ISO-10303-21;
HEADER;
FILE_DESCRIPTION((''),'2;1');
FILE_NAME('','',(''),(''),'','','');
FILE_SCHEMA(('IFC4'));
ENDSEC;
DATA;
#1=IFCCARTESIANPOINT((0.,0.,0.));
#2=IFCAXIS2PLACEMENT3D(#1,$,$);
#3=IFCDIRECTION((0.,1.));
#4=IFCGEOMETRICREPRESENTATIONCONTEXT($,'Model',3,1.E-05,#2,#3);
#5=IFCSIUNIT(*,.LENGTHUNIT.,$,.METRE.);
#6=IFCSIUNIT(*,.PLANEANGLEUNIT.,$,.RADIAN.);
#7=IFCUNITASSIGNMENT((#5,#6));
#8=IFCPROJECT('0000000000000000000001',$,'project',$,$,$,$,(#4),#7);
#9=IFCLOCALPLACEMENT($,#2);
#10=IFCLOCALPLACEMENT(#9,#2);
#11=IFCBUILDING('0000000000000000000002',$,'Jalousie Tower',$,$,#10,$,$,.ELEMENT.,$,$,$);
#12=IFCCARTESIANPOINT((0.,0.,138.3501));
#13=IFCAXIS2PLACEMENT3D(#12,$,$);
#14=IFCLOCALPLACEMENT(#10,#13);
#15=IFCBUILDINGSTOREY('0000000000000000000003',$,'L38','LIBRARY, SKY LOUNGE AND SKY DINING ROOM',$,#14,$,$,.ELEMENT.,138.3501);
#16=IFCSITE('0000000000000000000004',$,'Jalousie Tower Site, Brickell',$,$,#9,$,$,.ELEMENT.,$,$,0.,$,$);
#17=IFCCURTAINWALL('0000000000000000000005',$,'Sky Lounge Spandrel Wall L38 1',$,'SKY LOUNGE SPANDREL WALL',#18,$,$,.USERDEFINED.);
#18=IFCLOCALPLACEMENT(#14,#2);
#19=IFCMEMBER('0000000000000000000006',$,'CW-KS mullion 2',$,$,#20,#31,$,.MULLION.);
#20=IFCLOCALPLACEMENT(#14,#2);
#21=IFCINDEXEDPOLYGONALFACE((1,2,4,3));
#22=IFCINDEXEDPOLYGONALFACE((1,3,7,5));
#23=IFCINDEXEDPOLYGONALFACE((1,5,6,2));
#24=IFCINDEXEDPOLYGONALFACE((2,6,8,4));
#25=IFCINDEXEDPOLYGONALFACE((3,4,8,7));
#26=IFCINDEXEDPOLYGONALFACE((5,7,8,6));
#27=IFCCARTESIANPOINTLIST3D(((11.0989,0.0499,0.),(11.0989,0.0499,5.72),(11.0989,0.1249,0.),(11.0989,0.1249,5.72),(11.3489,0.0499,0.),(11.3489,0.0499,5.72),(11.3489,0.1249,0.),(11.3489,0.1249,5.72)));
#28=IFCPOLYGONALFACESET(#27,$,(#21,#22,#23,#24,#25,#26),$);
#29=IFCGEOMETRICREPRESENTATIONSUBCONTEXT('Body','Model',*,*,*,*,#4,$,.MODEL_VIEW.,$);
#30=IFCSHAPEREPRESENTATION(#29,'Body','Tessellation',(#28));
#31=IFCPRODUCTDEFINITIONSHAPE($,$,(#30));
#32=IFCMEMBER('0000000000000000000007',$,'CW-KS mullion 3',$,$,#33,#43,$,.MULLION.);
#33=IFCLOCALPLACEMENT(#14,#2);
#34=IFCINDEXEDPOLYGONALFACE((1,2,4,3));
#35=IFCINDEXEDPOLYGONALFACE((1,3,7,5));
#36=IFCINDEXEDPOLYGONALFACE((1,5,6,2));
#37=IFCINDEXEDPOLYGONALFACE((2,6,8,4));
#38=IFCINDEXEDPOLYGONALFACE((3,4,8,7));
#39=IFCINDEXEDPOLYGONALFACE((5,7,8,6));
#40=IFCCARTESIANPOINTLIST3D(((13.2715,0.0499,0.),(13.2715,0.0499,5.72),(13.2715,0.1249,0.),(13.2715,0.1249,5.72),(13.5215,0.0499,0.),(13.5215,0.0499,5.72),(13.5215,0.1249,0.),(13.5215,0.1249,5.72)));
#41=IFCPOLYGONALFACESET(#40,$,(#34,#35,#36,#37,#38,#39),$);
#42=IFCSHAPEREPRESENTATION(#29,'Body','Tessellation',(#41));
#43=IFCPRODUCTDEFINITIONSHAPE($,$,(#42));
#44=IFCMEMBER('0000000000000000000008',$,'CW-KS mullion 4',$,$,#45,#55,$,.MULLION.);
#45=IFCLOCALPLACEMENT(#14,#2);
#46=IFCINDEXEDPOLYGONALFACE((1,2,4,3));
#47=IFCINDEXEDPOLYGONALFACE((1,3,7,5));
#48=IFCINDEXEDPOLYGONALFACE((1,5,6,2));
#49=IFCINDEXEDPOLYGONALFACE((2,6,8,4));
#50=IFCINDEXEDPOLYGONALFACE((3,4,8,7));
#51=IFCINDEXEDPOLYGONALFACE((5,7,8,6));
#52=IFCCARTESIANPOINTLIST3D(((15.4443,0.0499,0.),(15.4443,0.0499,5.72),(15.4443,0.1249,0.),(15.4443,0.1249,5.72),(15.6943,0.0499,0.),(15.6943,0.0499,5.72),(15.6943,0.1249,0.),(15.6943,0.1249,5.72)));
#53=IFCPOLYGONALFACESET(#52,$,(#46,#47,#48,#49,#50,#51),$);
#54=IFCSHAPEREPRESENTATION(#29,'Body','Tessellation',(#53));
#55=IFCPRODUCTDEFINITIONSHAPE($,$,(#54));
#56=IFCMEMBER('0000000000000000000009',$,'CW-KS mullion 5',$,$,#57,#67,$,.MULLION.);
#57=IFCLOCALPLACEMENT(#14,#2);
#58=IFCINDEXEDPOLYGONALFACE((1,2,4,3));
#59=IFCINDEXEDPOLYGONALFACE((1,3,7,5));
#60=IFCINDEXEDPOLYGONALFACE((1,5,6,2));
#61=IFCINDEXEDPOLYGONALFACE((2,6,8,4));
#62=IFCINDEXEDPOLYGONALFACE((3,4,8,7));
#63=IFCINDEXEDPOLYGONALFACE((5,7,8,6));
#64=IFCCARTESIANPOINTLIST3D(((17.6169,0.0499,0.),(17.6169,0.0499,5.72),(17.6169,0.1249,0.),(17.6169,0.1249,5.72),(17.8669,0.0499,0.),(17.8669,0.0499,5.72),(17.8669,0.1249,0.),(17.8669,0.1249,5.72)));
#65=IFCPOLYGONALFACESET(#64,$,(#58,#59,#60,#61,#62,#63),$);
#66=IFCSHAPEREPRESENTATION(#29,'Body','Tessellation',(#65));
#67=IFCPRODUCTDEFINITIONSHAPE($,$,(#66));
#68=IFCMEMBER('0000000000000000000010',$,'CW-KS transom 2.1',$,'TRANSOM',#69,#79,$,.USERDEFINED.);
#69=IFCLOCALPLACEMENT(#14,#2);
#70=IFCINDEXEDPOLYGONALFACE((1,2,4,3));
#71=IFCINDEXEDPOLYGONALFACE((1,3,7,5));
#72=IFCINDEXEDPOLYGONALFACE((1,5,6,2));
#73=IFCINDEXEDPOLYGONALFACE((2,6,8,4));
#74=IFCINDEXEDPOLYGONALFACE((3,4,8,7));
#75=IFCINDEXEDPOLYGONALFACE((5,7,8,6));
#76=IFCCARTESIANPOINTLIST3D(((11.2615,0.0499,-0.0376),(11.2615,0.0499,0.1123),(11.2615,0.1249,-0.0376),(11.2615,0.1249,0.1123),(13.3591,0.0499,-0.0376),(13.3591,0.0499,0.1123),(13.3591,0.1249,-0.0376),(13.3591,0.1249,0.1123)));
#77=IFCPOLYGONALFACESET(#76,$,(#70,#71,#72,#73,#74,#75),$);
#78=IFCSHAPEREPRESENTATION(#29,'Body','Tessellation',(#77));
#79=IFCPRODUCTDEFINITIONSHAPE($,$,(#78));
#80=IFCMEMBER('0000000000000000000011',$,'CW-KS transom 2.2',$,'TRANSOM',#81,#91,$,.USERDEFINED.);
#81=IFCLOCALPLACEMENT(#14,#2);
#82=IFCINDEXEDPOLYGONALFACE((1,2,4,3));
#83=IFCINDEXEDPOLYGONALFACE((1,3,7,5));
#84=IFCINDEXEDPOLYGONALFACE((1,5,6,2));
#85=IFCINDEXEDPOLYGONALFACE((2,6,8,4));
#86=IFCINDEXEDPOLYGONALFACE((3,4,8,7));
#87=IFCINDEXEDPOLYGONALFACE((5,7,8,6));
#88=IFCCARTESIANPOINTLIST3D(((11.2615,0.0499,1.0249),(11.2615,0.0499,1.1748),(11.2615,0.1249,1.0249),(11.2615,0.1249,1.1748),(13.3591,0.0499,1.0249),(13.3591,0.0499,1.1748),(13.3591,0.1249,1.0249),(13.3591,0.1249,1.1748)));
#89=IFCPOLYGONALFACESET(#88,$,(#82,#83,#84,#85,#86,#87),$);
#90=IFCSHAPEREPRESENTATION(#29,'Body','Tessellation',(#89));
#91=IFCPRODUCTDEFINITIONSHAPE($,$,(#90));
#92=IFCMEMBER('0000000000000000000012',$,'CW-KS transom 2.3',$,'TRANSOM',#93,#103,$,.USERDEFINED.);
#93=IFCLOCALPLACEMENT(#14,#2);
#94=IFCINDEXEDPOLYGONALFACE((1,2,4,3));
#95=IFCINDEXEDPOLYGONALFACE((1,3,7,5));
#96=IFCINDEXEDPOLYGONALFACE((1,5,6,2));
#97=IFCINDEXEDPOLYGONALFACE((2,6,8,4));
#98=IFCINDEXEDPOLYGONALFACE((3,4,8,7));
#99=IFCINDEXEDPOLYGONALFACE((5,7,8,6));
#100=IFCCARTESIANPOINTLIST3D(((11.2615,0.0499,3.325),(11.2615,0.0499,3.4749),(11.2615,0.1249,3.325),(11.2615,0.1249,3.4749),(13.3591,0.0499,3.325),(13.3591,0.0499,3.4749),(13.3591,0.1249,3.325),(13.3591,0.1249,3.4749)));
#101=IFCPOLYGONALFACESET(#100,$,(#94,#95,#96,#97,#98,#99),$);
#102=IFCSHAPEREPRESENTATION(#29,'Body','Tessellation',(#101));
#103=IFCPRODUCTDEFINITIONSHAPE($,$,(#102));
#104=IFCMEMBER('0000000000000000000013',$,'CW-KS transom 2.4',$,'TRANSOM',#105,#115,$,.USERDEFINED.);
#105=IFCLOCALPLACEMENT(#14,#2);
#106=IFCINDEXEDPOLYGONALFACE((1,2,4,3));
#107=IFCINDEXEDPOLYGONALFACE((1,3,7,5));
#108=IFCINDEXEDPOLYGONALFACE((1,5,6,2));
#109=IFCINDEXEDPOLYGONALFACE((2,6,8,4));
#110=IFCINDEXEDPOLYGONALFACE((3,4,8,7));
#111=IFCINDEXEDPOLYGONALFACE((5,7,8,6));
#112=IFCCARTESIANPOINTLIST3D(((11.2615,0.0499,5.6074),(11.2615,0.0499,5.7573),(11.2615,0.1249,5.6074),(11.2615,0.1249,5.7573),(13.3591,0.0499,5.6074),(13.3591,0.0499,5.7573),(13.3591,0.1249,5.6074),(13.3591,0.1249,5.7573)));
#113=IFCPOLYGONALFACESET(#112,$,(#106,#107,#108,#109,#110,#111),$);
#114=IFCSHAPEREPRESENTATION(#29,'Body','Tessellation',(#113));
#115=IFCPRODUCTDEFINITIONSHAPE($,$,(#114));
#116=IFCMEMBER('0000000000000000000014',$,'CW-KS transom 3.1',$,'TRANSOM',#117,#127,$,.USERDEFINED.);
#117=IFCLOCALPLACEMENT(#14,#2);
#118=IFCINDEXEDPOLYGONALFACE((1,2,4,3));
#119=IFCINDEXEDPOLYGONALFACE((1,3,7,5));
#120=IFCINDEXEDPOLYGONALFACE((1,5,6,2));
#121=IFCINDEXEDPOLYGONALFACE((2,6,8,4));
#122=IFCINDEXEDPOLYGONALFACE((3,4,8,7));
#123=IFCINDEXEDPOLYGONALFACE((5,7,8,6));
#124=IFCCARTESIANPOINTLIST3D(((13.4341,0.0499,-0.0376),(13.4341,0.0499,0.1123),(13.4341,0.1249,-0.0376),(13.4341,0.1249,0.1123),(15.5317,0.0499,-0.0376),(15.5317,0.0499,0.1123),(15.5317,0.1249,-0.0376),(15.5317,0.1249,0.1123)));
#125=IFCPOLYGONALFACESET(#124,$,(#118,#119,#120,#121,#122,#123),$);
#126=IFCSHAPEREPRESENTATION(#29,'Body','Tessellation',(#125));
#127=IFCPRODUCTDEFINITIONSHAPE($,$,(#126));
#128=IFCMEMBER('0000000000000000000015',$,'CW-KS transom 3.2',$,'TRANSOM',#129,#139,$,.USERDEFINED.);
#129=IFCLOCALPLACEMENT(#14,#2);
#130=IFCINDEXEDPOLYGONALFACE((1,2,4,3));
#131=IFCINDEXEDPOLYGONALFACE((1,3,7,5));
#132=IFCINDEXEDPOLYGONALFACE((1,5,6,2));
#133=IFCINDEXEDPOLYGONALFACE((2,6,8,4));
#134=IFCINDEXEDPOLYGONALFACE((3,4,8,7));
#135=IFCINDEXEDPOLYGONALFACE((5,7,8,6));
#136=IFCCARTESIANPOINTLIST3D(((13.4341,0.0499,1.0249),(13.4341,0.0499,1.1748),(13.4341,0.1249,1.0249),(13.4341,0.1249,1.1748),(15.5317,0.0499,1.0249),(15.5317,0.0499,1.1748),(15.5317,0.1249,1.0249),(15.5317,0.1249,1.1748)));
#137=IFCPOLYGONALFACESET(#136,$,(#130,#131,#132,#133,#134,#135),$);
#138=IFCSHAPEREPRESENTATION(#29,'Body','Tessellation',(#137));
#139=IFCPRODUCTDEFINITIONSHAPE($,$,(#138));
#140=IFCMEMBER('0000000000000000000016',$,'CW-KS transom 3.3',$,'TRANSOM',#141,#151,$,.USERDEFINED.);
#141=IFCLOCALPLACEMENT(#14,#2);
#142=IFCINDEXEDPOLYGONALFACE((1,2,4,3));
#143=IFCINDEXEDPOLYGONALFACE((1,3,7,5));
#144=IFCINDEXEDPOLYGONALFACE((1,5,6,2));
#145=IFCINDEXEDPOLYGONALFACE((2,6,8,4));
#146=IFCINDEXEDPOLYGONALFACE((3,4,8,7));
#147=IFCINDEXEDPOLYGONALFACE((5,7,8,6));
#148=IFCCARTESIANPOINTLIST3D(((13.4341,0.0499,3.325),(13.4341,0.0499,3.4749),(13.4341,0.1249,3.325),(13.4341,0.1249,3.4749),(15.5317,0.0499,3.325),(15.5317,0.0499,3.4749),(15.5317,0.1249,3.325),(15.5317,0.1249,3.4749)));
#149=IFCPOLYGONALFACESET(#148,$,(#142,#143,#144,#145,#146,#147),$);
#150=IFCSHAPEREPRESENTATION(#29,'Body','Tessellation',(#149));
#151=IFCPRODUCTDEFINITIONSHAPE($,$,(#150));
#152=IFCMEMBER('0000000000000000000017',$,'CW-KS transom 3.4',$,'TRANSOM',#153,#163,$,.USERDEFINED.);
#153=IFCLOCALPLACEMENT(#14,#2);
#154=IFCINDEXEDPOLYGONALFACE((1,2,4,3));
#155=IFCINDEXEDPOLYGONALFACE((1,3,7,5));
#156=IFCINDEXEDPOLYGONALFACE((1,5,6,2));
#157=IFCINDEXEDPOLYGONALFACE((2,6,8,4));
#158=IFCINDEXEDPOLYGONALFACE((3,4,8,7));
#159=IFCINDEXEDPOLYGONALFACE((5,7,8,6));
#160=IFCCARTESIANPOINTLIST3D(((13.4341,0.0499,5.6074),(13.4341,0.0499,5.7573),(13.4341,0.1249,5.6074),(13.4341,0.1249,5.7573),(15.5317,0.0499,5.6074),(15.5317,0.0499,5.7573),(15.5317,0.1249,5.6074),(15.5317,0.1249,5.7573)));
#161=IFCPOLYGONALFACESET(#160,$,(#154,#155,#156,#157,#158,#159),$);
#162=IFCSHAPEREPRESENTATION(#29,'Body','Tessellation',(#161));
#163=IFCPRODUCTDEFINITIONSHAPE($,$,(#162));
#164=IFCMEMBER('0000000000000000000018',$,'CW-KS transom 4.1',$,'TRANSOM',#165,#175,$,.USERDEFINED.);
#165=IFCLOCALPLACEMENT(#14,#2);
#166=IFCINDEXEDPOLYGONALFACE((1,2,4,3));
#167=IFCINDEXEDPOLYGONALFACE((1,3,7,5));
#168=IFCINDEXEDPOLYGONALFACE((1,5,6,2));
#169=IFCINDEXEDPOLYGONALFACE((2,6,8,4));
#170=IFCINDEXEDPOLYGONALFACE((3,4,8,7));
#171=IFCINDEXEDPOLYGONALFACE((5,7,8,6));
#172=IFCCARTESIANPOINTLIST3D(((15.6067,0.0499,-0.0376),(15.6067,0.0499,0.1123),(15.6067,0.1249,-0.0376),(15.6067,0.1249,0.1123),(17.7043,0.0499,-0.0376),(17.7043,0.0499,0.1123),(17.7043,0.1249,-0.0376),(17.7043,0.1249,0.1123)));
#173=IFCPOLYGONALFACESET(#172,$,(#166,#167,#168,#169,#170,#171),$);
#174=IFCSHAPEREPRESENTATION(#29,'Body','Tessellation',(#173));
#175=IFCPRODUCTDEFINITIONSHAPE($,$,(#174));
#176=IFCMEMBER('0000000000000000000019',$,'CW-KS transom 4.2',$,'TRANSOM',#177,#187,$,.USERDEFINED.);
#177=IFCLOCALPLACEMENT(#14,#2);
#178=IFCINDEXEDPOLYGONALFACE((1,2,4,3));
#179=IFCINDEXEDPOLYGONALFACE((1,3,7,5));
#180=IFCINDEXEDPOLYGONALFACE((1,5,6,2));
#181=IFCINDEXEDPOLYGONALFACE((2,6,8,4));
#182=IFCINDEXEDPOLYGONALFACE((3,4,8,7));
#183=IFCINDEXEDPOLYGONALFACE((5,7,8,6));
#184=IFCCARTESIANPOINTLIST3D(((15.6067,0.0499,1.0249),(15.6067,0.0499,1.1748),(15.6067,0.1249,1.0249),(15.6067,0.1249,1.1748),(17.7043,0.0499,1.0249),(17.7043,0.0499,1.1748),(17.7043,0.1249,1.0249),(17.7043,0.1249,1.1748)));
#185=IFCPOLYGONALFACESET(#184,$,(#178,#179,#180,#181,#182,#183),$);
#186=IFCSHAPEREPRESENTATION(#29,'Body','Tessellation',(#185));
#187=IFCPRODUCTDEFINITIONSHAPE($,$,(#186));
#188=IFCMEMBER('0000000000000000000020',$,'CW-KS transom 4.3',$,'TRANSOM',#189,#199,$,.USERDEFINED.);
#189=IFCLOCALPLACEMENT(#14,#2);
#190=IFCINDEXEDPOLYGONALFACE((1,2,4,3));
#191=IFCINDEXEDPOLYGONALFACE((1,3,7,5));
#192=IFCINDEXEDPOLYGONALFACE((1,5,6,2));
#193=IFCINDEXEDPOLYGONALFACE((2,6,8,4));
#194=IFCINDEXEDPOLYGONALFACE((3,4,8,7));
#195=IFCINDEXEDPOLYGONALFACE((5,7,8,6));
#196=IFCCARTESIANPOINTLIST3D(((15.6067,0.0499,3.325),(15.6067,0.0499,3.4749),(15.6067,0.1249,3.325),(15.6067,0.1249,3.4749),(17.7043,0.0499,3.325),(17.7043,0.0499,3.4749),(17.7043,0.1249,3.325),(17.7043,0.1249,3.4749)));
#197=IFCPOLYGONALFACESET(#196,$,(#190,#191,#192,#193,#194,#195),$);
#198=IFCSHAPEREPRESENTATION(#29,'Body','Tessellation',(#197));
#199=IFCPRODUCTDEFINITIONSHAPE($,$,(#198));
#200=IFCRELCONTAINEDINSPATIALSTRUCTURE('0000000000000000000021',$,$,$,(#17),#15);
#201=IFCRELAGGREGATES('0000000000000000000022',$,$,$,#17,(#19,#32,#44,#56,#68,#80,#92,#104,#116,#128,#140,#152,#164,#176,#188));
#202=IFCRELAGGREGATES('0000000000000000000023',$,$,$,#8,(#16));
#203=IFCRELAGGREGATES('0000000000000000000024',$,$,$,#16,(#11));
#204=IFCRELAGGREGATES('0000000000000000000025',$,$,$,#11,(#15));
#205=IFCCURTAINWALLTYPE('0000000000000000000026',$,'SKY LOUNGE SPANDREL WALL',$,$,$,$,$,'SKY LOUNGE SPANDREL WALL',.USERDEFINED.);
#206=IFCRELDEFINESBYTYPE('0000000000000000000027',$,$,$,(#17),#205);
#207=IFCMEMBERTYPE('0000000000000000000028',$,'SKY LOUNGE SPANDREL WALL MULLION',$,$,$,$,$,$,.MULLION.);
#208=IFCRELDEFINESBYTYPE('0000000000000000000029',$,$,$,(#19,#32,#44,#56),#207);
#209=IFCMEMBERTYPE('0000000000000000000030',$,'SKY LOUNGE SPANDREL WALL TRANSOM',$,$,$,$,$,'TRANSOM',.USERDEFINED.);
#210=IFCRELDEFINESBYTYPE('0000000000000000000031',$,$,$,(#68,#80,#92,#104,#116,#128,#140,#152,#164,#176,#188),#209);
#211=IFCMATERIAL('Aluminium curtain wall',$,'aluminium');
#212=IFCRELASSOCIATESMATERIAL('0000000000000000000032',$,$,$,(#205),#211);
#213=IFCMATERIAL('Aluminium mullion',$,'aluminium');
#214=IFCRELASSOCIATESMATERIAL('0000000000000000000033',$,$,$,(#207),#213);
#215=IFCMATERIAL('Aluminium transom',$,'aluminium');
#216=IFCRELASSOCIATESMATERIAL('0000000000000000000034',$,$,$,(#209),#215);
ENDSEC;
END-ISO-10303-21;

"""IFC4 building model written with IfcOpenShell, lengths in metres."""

from ifc_helpers import new_model, si_unit, direction, frame, origin, origin_2d, place, context, subcontext, project, spatial, rectangle, extrude, material, material_profile, profile_set, type_object, element, aggregate, save


model = new_model("IFC4")

# Units and contexts
model_context = context("Model", 3, precision=1e-05, world=origin(), true_north=direction((0.0, 1.0)))
body_context = subcontext(model_context, "Body", "Model", "MODEL_VIEW")
ifc_project = project(units=[si_unit("LENGTHUNIT", "METRE"), si_unit("PLANEANGLEUNIT", "RADIAN")], contexts=[model_context])

# Site, building, storey
site_placement = place(None, origin())
site = spatial("IfcSite", under=ifc_project, at=site_placement, Name="Jalousie Tower Site, Brickell", CompositionType="ELEMENT", RefElevation=0.0)
building_placement = place(site_placement, origin())
building = spatial("IfcBuilding", under=site, at=building_placement, Name="Jalousie Tower", CompositionType="ELEMENT")
storey_placement = place(building_placement, frame((0.0, 0.0, 138.3501)))
storey = spatial("IfcBuildingStorey", under=building, at=storey_placement, Name="L38", Description="LIBRARY, SKY LOUNGE AND SKY DINING ROOM", CompositionType="ELEMENT", Elevation=138.3501)

# Curtain wall, members
ifc_material_1 = material(Name="Aluminium curtain wall", Category="aluminium")
curtain_wall_type = type_object("IfcCurtainWallType", Name="SKY LOUNGE SPANDREL WALL", ElementType="SKY LOUNGE SPANDREL WALL", PredefinedType="USERDEFINED", material=ifc_material_1)
curtain_wall_placement = place(storey_placement, origin())
curtain_wall = element("IfcCurtainWall", 1, at=curtain_wall_placement, inside=storey, type_object=curtain_wall_type, Name="Sky Lounge Spandrel Wall L38 1", ObjectType="SKY LOUNGE SPANDREL WALL", PredefinedType="USERDEFINED")
ifc_material_2 = material(Name="Aluminium mullion", Category="aluminium")
ifc_material_profile_1 = material_profile(ifc_material_2, rectangle(XDim=0.075, YDim=0.25, at=origin_2d()), Name="MULLION 75x250")
ifc_profile_set_1 = profile_set([ifc_material_profile_1], Name="Aluminium mullion")
member_type_1 = type_object("IfcMemberType", Name="SKY LOUNGE SPANDREL WALL MULLION", PredefinedType="MULLION", material=ifc_profile_set_1)
member_1_placement = place(storey_placement, frame((11.2239, 0.0874, 0.0), z_axis=(0.0, 0.0, 1.0), x_axis=(0.0, 1.0, 0.0)))
member_1 = element("IfcMember", 2, at=member_1_placement, type_object=member_type_1, Name="CW-KS mullion 2", PredefinedType="MULLION", context=body_context, shape_type="SweptSolid", body=[
    extrude(rectangle(XDim=0.075, YDim=0.25, at=origin_2d()), origin(), (0.0, 0.0, 1.0), 5.72),
])
member_2_placement = place(storey_placement, frame((13.3965, 0.0874, 0.0), z_axis=(0.0, 0.0, 1.0), x_axis=(0.0, 1.0, 0.0)))
member_2 = element("IfcMember", 3, at=member_2_placement, type_object=member_type_1, Name="CW-KS mullion 3", PredefinedType="MULLION", context=body_context, shape_type="SweptSolid", body=[
    extrude(rectangle(XDim=0.075, YDim=0.25, at=origin_2d()), origin(), (0.0, 0.0, 1.0), 5.72),
])
member_3_placement = place(storey_placement, frame((15.5693, 0.0874, 0.0), z_axis=(0.0, 0.0, 1.0), x_axis=(0.0, 1.0, 0.0)))
member_3 = element("IfcMember", 4, at=member_3_placement, type_object=member_type_1, Name="CW-KS mullion 4", PredefinedType="MULLION", context=body_context, shape_type="SweptSolid", body=[
    extrude(rectangle(XDim=0.075, YDim=0.25, at=origin_2d()), origin(), (0.0, 0.0, 1.0), 5.72),
])
member_4_placement = place(storey_placement, frame((17.7419, 0.0874, 0.0), z_axis=(0.0, 0.0, 1.0), x_axis=(0.0, 1.0, 0.0)))
member_4 = element("IfcMember", 5, at=member_4_placement, type_object=member_type_1, Name="CW-KS mullion 5", PredefinedType="MULLION", context=body_context, shape_type="SweptSolid", body=[
    extrude(rectangle(XDim=0.075, YDim=0.25, at=origin_2d()), origin(), (0.0, 0.0, 1.0), 5.72),
])
ifc_material_3 = material(Name="Aluminium transom", Category="aluminium")
ifc_material_profile_2 = material_profile(ifc_material_3, rectangle(XDim=0.075, YDim=0.1499, at=origin_2d()), Name="TRANSOM 75x150")
ifc_profile_set_2 = profile_set([ifc_material_profile_2], Name="Aluminium transom")
member_type_2 = type_object("IfcMemberType", Name="SKY LOUNGE SPANDREL WALL TRANSOM", ElementType="TRANSOM", PredefinedType="USERDEFINED", material=ifc_profile_set_2)
member_5_placement = place(storey_placement, frame((11.2615, 0.0874, 0.0374), z_axis=(1.0, 0.0, 0.0), x_axis=(0.0, 1.0, 0.0)))
member_5 = element("IfcMember", 6, at=member_5_placement, type_object=member_type_2, Name="CW-KS transom 2.1", ObjectType="TRANSOM", PredefinedType="USERDEFINED", context=body_context, shape_type="SweptSolid", body=[
    extrude(rectangle(XDim=0.075, YDim=0.1499, at=origin_2d()), origin(), (0.0, 0.0, 1.0), 2.0977),
])
member_6_placement = place(storey_placement, frame((11.2615, 0.0874, 1.0999), z_axis=(1.0, 0.0, 0.0), x_axis=(0.0, 1.0, 0.0)))
member_6 = element("IfcMember", 7, at=member_6_placement, type_object=member_type_2, Name="CW-KS transom 2.2", ObjectType="TRANSOM", PredefinedType="USERDEFINED", context=body_context, shape_type="SweptSolid", body=[
    extrude(rectangle(XDim=0.075, YDim=0.1499, at=origin_2d()), origin(), (0.0, 0.0, 1.0), 2.0977),
])
member_7_placement = place(storey_placement, frame((11.2615, 0.0874, 3.3999), z_axis=(1.0, 0.0, 0.0), x_axis=(0.0, 1.0, 0.0)))
member_7 = element("IfcMember", 8, at=member_7_placement, type_object=member_type_2, Name="CW-KS transom 2.3", ObjectType="TRANSOM", PredefinedType="USERDEFINED", context=body_context, shape_type="SweptSolid", body=[
    extrude(rectangle(XDim=0.075, YDim=0.1499, at=origin_2d()), origin(), (0.0, 0.0, 1.0), 2.0977),
])
member_8_placement = place(storey_placement, frame((11.2615, 0.0874, 5.6824), z_axis=(1.0, 0.0, 0.0), x_axis=(0.0, 1.0, 0.0)))
member_8 = element("IfcMember", 9, at=member_8_placement, type_object=member_type_2, Name="CW-KS transom 2.4", ObjectType="TRANSOM", PredefinedType="USERDEFINED", context=body_context, shape_type="SweptSolid", body=[
    extrude(rectangle(XDim=0.075, YDim=0.1499, at=origin_2d()), origin(), (0.0, 0.0, 1.0), 2.0977),
])
member_9_placement = place(storey_placement, frame((13.4341, 0.0874, 0.0374), z_axis=(1.0, 0.0, 0.0), x_axis=(0.0, 1.0, 0.0)))
member_9 = element("IfcMember", 10, at=member_9_placement, type_object=member_type_2, Name="CW-KS transom 3.1", ObjectType="TRANSOM", PredefinedType="USERDEFINED", context=body_context, shape_type="SweptSolid", body=[
    extrude(rectangle(XDim=0.075, YDim=0.1499, at=origin_2d()), origin(), (0.0, 0.0, 1.0), 2.0977),
])
member_10_placement = place(storey_placement, frame((13.4341, 0.0874, 1.0999), z_axis=(1.0, 0.0, 0.0), x_axis=(0.0, 1.0, 0.0)))
member_10 = element("IfcMember", 11, at=member_10_placement, type_object=member_type_2, Name="CW-KS transom 3.2", ObjectType="TRANSOM", PredefinedType="USERDEFINED", context=body_context, shape_type="SweptSolid", body=[
    extrude(rectangle(XDim=0.075, YDim=0.1499, at=origin_2d()), origin(), (0.0, 0.0, 1.0), 2.0977),
])
member_11_placement = place(storey_placement, frame((13.4341, 0.0874, 3.3999), z_axis=(1.0, 0.0, 0.0), x_axis=(0.0, 1.0, 0.0)))
member_11 = element("IfcMember", 12, at=member_11_placement, type_object=member_type_2, Name="CW-KS transom 3.3", ObjectType="TRANSOM", PredefinedType="USERDEFINED", context=body_context, shape_type="SweptSolid", body=[
    extrude(rectangle(XDim=0.075, YDim=0.1499, at=origin_2d()), origin(), (0.0, 0.0, 1.0), 2.0977),
])
member_12_placement = place(storey_placement, frame((13.4341, 0.0874, 5.6824), z_axis=(1.0, 0.0, 0.0), x_axis=(0.0, 1.0, 0.0)))
member_12 = element("IfcMember", 13, at=member_12_placement, type_object=member_type_2, Name="CW-KS transom 3.4", ObjectType="TRANSOM", PredefinedType="USERDEFINED", context=body_context, shape_type="SweptSolid", body=[
    extrude(rectangle(XDim=0.075, YDim=0.1499, at=origin_2d()), origin(), (0.0, 0.0, 1.0), 2.0977),
])
member_13_placement = place(storey_placement, frame((15.6067, 0.0874, 0.0374), z_axis=(1.0, 0.0, 0.0), x_axis=(0.0, 1.0, 0.0)))
member_13 = element("IfcMember", 14, at=member_13_placement, type_object=member_type_2, Name="CW-KS transom 4.1", ObjectType="TRANSOM", PredefinedType="USERDEFINED", context=body_context, shape_type="SweptSolid", body=[
    extrude(rectangle(XDim=0.075, YDim=0.1499, at=origin_2d()), origin(), (0.0, 0.0, 1.0), 2.0977),
])
member_14_placement = place(storey_placement, frame((15.6067, 0.0874, 1.0999), z_axis=(1.0, 0.0, 0.0), x_axis=(0.0, 1.0, 0.0)))
member_14 = element("IfcMember", 15, at=member_14_placement, type_object=member_type_2, Name="CW-KS transom 4.2", ObjectType="TRANSOM", PredefinedType="USERDEFINED", context=body_context, shape_type="SweptSolid", body=[
    extrude(rectangle(XDim=0.075, YDim=0.1499, at=origin_2d()), origin(), (0.0, 0.0, 1.0), 2.0977),
])
member_15_placement = place(storey_placement, frame((15.6067, 0.0874, 3.3999), z_axis=(1.0, 0.0, 0.0), x_axis=(0.0, 1.0, 0.0)))
member_15 = element("IfcMember", 16, at=member_15_placement, type_object=member_type_2, Name="CW-KS transom 4.3", ObjectType="TRANSOM", PredefinedType="USERDEFINED", context=body_context, shape_type="SweptSolid", body=[
    extrude(rectangle(XDim=0.075, YDim=0.1499, at=origin_2d()), origin(), (0.0, 0.0, 1.0), 2.0977),
])
aggregate(curtain_wall, [member_1, member_2, member_3, member_4, member_5, member_6, member_7, member_8, member_9, member_10, member_11, member_12, member_13, member_14, member_15])

save(model, "model.ifc")
